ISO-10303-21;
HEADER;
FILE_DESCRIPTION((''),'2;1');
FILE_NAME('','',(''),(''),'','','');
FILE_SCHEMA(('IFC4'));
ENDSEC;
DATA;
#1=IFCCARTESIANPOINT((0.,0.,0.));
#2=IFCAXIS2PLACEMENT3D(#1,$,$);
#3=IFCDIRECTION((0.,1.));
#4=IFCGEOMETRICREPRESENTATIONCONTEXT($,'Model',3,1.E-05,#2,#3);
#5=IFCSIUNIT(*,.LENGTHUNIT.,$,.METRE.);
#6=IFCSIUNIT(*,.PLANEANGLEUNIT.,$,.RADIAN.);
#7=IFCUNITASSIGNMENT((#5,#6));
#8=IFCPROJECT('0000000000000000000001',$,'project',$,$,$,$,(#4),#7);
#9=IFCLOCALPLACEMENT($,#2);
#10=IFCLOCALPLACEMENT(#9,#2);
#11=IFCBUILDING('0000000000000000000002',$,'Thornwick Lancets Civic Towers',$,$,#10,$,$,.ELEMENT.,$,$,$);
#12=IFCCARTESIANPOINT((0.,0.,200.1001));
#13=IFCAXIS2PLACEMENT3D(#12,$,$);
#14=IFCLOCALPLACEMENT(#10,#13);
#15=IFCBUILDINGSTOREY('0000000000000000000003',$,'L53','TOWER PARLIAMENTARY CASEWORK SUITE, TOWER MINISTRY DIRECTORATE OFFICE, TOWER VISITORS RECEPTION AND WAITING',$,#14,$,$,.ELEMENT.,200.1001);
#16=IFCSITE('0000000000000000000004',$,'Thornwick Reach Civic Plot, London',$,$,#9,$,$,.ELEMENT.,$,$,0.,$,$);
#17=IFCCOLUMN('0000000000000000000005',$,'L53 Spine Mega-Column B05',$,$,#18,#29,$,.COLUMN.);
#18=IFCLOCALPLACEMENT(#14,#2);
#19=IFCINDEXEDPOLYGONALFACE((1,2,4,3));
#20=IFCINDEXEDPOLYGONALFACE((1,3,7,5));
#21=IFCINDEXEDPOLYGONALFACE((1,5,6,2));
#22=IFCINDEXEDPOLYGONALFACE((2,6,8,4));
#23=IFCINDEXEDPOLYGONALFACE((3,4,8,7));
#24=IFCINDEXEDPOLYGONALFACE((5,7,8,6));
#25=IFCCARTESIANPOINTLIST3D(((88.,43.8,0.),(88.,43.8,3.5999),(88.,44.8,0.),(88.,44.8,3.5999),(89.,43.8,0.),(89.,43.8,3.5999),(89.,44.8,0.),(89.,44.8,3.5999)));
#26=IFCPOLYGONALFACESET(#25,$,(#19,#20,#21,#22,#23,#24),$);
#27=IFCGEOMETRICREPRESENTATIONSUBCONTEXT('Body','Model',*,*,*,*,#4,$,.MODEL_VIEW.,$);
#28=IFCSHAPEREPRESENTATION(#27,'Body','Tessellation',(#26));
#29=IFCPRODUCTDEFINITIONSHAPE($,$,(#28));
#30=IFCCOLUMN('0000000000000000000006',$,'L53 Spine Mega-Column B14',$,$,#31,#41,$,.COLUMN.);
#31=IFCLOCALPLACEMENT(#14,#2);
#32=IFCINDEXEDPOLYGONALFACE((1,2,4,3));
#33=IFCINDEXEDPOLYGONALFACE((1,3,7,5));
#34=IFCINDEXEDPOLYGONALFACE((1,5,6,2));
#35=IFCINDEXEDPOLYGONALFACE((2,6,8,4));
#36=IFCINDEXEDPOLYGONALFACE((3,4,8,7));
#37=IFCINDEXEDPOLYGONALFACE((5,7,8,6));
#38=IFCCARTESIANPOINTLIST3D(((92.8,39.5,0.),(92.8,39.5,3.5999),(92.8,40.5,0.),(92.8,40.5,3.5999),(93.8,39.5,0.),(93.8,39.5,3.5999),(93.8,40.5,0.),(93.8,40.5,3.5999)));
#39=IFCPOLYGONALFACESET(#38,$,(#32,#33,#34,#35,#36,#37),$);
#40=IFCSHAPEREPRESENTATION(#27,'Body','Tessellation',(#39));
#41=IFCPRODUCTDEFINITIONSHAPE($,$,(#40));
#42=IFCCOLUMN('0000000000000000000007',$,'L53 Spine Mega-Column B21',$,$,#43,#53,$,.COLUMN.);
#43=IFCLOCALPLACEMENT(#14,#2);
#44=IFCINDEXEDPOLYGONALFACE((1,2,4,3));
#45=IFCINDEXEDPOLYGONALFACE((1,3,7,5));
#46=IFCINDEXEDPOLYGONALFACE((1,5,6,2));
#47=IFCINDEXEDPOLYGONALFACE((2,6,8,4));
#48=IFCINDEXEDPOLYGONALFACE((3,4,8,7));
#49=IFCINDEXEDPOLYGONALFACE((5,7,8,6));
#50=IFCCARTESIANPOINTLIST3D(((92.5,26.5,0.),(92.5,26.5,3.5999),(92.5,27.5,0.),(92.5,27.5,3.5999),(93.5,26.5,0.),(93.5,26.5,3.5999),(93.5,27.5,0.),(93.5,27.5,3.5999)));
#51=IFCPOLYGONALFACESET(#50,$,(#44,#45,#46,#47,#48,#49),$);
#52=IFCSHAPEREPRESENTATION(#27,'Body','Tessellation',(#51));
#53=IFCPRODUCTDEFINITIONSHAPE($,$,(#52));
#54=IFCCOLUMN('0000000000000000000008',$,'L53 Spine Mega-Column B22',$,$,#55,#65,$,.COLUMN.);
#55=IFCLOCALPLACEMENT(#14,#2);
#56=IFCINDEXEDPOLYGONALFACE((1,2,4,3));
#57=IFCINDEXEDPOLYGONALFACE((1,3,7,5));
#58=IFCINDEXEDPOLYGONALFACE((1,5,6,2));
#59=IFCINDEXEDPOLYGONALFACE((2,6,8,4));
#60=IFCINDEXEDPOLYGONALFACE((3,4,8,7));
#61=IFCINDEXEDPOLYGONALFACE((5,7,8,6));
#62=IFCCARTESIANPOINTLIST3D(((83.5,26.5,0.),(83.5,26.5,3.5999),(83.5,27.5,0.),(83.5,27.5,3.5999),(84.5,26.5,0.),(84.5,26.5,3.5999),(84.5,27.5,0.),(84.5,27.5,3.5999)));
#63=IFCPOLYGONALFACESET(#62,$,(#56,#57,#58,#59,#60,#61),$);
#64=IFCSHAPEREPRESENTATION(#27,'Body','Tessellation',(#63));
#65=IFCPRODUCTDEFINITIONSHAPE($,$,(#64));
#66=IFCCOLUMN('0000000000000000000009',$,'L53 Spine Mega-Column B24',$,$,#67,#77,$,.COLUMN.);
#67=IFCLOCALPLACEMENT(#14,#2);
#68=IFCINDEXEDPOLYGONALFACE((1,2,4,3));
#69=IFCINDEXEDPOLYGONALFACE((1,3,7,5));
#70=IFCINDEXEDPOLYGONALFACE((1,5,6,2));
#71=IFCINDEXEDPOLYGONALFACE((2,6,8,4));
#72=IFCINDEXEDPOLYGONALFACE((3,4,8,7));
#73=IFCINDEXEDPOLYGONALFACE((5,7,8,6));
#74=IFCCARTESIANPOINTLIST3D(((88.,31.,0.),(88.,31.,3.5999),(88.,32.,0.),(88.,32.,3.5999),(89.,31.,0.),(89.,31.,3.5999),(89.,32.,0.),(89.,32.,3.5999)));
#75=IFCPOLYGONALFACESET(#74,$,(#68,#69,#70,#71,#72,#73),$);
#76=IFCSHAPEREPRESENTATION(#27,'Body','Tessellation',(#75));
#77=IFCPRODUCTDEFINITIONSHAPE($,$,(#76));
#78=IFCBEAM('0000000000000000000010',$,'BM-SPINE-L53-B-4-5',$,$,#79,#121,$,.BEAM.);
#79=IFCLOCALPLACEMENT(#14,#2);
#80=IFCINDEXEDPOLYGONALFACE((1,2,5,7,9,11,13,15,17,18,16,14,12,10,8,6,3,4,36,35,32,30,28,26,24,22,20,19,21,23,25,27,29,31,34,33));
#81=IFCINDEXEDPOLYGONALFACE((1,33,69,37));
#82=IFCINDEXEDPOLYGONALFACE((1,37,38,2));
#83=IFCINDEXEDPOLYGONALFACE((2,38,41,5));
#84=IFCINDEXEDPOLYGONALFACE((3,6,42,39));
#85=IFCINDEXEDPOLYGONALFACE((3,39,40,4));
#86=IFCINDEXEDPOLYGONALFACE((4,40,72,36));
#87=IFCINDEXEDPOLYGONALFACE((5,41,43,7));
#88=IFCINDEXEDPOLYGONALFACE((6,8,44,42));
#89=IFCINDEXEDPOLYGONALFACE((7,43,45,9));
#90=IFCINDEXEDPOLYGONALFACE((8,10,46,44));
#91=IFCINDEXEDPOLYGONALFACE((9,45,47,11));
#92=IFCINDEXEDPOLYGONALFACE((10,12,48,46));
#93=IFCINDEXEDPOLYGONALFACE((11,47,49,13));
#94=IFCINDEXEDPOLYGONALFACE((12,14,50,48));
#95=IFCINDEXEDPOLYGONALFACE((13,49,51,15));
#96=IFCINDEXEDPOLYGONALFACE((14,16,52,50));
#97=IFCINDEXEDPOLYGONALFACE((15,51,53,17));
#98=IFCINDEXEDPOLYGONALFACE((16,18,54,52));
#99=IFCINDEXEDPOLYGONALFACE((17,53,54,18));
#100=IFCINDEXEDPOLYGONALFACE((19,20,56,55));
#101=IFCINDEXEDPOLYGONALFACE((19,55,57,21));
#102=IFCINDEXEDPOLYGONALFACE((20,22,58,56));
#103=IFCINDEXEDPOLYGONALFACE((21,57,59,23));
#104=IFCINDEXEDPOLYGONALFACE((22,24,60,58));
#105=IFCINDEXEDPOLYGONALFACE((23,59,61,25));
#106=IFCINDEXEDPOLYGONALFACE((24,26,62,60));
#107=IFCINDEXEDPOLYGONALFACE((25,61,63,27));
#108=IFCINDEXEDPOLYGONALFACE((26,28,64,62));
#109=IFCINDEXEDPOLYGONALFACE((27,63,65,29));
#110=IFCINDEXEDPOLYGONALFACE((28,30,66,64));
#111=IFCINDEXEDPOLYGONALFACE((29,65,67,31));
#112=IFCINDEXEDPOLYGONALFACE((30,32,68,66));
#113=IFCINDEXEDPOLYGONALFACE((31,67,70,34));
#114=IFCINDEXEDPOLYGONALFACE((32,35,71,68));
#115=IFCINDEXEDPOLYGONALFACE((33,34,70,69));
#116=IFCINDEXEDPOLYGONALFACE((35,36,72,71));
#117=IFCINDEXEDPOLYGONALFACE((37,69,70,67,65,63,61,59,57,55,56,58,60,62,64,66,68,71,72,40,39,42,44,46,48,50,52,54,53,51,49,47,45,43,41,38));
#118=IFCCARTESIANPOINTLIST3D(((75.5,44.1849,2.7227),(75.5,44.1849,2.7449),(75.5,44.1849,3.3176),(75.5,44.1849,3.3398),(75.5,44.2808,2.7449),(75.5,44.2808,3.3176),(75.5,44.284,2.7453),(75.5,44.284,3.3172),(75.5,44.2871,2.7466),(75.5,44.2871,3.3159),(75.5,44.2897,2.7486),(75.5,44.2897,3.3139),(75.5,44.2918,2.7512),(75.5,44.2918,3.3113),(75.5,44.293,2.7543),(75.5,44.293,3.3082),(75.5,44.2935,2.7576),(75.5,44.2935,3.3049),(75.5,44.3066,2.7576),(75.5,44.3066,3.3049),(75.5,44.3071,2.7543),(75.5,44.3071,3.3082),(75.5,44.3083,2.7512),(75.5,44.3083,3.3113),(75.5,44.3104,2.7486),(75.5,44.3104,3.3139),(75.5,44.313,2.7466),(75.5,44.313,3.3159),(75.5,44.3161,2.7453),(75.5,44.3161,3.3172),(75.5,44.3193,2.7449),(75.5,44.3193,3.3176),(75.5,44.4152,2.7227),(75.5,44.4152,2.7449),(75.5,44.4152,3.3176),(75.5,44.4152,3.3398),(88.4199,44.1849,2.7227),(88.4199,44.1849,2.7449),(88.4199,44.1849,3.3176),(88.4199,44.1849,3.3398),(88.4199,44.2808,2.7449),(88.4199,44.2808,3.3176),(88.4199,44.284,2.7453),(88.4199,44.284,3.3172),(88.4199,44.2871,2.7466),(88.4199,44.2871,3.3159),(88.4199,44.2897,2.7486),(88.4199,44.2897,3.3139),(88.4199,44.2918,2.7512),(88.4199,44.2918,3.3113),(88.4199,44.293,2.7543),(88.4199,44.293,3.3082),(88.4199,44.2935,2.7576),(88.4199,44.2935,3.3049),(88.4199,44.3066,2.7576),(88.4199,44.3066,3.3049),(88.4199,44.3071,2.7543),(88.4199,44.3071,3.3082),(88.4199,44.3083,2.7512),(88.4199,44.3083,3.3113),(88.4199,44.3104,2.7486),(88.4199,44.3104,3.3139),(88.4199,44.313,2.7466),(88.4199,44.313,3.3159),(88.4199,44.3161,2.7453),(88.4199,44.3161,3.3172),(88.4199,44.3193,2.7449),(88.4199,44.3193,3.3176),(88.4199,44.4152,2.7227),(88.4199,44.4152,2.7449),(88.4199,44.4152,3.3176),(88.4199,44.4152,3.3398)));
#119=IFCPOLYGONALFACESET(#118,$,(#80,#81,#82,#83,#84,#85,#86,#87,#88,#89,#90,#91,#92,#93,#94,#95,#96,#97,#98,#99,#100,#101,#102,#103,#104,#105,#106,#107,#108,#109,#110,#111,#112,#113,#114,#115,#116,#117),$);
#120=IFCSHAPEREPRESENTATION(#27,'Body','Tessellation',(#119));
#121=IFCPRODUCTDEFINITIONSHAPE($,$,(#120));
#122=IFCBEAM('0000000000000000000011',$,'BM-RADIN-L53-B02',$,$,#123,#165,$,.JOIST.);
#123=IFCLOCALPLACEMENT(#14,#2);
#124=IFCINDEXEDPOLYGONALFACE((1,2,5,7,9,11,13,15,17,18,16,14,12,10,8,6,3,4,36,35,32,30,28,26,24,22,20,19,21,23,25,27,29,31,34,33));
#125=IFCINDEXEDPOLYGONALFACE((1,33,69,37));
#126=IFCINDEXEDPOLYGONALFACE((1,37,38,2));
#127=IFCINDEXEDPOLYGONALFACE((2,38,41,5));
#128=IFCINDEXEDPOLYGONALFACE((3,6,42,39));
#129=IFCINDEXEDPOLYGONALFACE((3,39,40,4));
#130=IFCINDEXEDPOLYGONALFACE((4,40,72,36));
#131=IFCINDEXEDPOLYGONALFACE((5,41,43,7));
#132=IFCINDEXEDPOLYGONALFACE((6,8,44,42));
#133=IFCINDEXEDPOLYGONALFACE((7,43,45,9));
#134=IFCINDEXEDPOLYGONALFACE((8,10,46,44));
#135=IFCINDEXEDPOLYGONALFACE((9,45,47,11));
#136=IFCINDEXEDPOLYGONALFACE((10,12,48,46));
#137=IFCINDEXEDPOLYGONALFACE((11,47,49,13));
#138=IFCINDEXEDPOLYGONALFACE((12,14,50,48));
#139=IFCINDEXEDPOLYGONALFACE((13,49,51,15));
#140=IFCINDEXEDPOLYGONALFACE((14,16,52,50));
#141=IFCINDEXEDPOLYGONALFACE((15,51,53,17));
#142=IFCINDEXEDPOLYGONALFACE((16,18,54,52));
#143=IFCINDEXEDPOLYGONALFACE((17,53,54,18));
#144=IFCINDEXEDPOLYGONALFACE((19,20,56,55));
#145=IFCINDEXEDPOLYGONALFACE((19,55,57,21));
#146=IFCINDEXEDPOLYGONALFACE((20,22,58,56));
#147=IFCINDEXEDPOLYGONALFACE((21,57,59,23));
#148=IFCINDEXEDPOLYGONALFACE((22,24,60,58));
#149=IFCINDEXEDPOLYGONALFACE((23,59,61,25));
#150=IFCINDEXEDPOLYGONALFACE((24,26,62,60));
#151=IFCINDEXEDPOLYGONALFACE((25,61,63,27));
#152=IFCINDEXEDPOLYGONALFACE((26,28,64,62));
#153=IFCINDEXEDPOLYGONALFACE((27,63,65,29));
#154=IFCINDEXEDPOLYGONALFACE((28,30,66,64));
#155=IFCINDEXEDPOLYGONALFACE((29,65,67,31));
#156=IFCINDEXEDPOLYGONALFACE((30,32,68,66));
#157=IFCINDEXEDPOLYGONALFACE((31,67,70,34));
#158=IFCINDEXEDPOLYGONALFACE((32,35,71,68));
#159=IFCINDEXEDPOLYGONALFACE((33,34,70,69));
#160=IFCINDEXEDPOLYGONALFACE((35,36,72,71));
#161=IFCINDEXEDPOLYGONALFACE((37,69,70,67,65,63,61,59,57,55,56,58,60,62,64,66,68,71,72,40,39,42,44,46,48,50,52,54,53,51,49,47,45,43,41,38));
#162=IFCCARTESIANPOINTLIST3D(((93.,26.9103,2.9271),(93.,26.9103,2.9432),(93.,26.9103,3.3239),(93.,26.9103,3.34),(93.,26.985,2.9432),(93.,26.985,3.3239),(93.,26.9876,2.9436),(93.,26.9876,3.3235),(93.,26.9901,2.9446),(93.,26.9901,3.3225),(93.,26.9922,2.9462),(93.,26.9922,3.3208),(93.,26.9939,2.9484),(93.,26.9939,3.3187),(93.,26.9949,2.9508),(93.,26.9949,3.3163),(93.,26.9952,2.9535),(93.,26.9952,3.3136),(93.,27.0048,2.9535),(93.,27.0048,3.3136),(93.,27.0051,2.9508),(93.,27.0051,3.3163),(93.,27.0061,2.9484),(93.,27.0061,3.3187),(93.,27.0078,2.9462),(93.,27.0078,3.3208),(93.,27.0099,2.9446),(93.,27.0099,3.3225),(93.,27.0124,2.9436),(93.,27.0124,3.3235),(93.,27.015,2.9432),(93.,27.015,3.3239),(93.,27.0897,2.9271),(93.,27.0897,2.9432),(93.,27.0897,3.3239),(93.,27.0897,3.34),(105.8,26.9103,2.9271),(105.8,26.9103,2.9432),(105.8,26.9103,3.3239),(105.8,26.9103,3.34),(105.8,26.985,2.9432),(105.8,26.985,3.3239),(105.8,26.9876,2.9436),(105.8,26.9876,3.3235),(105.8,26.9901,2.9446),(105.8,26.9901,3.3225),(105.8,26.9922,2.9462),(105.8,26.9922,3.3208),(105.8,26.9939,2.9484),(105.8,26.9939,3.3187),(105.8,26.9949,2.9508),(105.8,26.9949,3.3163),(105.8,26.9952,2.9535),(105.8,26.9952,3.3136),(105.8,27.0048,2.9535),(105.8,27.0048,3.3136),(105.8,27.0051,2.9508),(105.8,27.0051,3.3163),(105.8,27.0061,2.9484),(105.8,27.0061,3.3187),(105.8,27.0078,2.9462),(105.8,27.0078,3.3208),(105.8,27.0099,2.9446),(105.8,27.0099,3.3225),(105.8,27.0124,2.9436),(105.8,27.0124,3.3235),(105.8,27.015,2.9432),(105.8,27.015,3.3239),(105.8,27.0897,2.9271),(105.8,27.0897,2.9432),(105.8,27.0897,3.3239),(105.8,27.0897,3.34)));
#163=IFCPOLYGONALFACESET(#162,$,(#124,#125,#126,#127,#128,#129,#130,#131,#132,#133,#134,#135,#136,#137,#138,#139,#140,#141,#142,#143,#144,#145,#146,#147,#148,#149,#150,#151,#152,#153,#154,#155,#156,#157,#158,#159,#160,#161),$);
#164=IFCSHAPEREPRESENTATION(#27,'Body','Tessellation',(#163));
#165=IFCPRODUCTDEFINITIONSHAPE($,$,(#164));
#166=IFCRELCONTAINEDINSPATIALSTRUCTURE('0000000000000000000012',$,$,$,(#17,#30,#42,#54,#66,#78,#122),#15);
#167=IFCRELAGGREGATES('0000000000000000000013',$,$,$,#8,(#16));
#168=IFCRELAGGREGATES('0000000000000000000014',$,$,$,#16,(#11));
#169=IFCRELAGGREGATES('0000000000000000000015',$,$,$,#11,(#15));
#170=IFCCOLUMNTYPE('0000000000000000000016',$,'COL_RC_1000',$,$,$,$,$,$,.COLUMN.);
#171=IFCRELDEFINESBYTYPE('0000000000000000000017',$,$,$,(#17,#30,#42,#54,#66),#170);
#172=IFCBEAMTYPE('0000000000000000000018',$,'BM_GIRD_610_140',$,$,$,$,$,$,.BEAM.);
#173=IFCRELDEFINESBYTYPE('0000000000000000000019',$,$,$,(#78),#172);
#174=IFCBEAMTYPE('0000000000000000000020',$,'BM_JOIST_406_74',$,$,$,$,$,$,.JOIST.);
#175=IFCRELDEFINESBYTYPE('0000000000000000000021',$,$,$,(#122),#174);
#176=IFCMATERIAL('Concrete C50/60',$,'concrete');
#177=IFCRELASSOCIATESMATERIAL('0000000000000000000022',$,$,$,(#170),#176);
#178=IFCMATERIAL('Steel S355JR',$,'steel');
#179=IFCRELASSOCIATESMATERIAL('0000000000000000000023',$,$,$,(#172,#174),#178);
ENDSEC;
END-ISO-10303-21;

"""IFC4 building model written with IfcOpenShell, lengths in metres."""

from ifc_helpers import new_model, si_unit, direction, frame, origin, origin_2d, place, context, subcontext, project, spatial, rectangle, i_section, extrude, material, material_profile, profile_set, type_object, element, save


model = new_model("IFC4")

# Units and contexts
model_context = context("Model", 3, precision=1e-05, world=origin(), true_north=direction((0.0, 1.0)))
body_context = subcontext(model_context, "Body", "Model", "MODEL_VIEW")
ifc_project = project(units=[si_unit("LENGTHUNIT", "METRE"), si_unit("PLANEANGLEUNIT", "RADIAN")], contexts=[model_context])

# Site, building, storey
site_placement = place(None, origin())
site = spatial("IfcSite", under=ifc_project, at=site_placement, Name="Thornwick Reach Civic Plot, London", CompositionType="ELEMENT", RefElevation=0.0)
building_placement = place(site_placement, origin())
building = spatial("IfcBuilding", under=site, at=building_placement, Name="Thornwick Lancets Civic Towers", CompositionType="ELEMENT")
storey_placement = place(building_placement, frame((0.0, 0.0, 200.1001)))
storey = spatial("IfcBuildingStorey", under=building, at=storey_placement, Name="L53", Description="TOWER PARLIAMENTARY CASEWORK SUITE, TOWER MINISTRY DIRECTORATE OFFICE, TOWER VISITORS RECEPTION AND WAITING", CompositionType="ELEMENT", Elevation=200.1001)

# Columns
ifc_material_1 = material(Name="Concrete C50/60", Category="concrete")
ifc_material_profile_1 = material_profile(ifc_material_1, rectangle(XDim=1.0, YDim=1.0, at=origin_2d()), Name="RC 1000x1000")
ifc_profile_set_1 = profile_set([ifc_material_profile_1], Name="Concrete C50/60")
column_type = type_object("IfcColumnType", Name="COL_RC_1000", PredefinedType="COLUMN", material=ifc_profile_set_1)
for number, where, z_axis, x_axis, name in (
    (1, (88.5, 44.3, 0.0), (0.0, 0.0, 1.0), (1.0, 0.0, 0.0), "L53 Spine Mega-Column B05"),
    (2, (93.3, 40.0, 0.0), (0.0, 0.0, 1.0), (1.0, 0.0, 0.0), "L53 Spine Mega-Column B14"),
    (3, (93.0, 27.0, 0.0), (0.0, 0.0, 1.0), (1.0, 0.0, 0.0), "L53 Spine Mega-Column B21"),
    (4, (84.0, 27.0, 0.0), (0.0, 0.0, 1.0), (1.0, 0.0, 0.0), "L53 Spine Mega-Column B22"),
    (5, (88.5, 31.5, 0.0), (0.0, 0.0, 1.0), (1.0, 0.0, 0.0), "L53 Spine Mega-Column B24"),
):
    element("IfcColumn", number, at=place(storey_placement, frame(where, z_axis=z_axis, x_axis=x_axis)), inside=storey, type_object=column_type, Name=name, PredefinedType="COLUMN", context=body_context, shape_type="SweptSolid", body=[
        extrude(rectangle(XDim=1.0, YDim=1.0, at=origin_2d()), origin(), (0.0, 0.0, 1.0), 3.5999),
    ])

# Beams
ifc_material_2 = material(Name="Steel S355JR", Category="steel")
ifc_material_profile_2 = material_profile(ifc_material_2, i_section(OverallWidth=0.2302, OverallDepth=0.6172, WebThickness=0.0132, FlangeThickness=0.0222, FilletRadius=0.0127, at=origin_2d()), Name="UKB 610x229x140")
ifc_profile_set_2 = profile_set([ifc_material_profile_2], Name="Steel S355JR")
beam_type_1 = type_object("IfcBeamType", Name="BM_GIRD_610_140", PredefinedType="BEAM", material=ifc_profile_set_2)
beam_1_placement = place(storey_placement, frame((88.4199, 44.3, 3.0312), z_axis=(-1.0, 0.0, 0.0), x_axis=(0.0, -1.0, 0.0)))
element("IfcBeam", 6, at=beam_1_placement, inside=storey, type_object=beam_type_1, Name="BM-SPINE-L53-B-4-5", PredefinedType="BEAM", context=body_context, shape_type="SweptSolid", body=[
    extrude(i_section(OverallWidth=0.2302, OverallDepth=0.6172, WebThickness=0.0132, FlangeThickness=0.0222, FilletRadius=0.0127, at=origin_2d()), origin(), (0.0, 0.0, 1.0), 12.9199),
])
ifc_material_profile_3 = material_profile(ifc_material_2, i_section(OverallWidth=0.1794, OverallDepth=0.4128, WebThickness=0.0095, FlangeThickness=0.0161, FilletRadius=0.0103, at=origin_2d()), Name="UKB 406x178x74")
ifc_profile_set_3 = profile_set([ifc_material_profile_3], Name="Steel S355JR")
beam_type_2 = type_object("IfcBeamType", Name="BM_JOIST_406_74", PredefinedType="JOIST", material=ifc_profile_set_3)
beam_2_placement = place(storey_placement, frame((93.0, 27.0, 3.1335), z_axis=(1.0, 0.0, 0.0), x_axis=(0.0, 1.0, 0.0)))
element("IfcBeam", 7, at=beam_2_placement, inside=storey, type_object=beam_type_2, Name="BM-RADIN-L53-B02", PredefinedType="JOIST", context=body_context, shape_type="SweptSolid", body=[
    extrude(i_section(OverallWidth=0.1794, OverallDepth=0.4128, WebThickness=0.0095, FlangeThickness=0.0161, FilletRadius=0.0103, at=origin_2d()), origin(), (0.0, 0.0, 1.0), 12.8),
])

save(model, "model.ifc")
